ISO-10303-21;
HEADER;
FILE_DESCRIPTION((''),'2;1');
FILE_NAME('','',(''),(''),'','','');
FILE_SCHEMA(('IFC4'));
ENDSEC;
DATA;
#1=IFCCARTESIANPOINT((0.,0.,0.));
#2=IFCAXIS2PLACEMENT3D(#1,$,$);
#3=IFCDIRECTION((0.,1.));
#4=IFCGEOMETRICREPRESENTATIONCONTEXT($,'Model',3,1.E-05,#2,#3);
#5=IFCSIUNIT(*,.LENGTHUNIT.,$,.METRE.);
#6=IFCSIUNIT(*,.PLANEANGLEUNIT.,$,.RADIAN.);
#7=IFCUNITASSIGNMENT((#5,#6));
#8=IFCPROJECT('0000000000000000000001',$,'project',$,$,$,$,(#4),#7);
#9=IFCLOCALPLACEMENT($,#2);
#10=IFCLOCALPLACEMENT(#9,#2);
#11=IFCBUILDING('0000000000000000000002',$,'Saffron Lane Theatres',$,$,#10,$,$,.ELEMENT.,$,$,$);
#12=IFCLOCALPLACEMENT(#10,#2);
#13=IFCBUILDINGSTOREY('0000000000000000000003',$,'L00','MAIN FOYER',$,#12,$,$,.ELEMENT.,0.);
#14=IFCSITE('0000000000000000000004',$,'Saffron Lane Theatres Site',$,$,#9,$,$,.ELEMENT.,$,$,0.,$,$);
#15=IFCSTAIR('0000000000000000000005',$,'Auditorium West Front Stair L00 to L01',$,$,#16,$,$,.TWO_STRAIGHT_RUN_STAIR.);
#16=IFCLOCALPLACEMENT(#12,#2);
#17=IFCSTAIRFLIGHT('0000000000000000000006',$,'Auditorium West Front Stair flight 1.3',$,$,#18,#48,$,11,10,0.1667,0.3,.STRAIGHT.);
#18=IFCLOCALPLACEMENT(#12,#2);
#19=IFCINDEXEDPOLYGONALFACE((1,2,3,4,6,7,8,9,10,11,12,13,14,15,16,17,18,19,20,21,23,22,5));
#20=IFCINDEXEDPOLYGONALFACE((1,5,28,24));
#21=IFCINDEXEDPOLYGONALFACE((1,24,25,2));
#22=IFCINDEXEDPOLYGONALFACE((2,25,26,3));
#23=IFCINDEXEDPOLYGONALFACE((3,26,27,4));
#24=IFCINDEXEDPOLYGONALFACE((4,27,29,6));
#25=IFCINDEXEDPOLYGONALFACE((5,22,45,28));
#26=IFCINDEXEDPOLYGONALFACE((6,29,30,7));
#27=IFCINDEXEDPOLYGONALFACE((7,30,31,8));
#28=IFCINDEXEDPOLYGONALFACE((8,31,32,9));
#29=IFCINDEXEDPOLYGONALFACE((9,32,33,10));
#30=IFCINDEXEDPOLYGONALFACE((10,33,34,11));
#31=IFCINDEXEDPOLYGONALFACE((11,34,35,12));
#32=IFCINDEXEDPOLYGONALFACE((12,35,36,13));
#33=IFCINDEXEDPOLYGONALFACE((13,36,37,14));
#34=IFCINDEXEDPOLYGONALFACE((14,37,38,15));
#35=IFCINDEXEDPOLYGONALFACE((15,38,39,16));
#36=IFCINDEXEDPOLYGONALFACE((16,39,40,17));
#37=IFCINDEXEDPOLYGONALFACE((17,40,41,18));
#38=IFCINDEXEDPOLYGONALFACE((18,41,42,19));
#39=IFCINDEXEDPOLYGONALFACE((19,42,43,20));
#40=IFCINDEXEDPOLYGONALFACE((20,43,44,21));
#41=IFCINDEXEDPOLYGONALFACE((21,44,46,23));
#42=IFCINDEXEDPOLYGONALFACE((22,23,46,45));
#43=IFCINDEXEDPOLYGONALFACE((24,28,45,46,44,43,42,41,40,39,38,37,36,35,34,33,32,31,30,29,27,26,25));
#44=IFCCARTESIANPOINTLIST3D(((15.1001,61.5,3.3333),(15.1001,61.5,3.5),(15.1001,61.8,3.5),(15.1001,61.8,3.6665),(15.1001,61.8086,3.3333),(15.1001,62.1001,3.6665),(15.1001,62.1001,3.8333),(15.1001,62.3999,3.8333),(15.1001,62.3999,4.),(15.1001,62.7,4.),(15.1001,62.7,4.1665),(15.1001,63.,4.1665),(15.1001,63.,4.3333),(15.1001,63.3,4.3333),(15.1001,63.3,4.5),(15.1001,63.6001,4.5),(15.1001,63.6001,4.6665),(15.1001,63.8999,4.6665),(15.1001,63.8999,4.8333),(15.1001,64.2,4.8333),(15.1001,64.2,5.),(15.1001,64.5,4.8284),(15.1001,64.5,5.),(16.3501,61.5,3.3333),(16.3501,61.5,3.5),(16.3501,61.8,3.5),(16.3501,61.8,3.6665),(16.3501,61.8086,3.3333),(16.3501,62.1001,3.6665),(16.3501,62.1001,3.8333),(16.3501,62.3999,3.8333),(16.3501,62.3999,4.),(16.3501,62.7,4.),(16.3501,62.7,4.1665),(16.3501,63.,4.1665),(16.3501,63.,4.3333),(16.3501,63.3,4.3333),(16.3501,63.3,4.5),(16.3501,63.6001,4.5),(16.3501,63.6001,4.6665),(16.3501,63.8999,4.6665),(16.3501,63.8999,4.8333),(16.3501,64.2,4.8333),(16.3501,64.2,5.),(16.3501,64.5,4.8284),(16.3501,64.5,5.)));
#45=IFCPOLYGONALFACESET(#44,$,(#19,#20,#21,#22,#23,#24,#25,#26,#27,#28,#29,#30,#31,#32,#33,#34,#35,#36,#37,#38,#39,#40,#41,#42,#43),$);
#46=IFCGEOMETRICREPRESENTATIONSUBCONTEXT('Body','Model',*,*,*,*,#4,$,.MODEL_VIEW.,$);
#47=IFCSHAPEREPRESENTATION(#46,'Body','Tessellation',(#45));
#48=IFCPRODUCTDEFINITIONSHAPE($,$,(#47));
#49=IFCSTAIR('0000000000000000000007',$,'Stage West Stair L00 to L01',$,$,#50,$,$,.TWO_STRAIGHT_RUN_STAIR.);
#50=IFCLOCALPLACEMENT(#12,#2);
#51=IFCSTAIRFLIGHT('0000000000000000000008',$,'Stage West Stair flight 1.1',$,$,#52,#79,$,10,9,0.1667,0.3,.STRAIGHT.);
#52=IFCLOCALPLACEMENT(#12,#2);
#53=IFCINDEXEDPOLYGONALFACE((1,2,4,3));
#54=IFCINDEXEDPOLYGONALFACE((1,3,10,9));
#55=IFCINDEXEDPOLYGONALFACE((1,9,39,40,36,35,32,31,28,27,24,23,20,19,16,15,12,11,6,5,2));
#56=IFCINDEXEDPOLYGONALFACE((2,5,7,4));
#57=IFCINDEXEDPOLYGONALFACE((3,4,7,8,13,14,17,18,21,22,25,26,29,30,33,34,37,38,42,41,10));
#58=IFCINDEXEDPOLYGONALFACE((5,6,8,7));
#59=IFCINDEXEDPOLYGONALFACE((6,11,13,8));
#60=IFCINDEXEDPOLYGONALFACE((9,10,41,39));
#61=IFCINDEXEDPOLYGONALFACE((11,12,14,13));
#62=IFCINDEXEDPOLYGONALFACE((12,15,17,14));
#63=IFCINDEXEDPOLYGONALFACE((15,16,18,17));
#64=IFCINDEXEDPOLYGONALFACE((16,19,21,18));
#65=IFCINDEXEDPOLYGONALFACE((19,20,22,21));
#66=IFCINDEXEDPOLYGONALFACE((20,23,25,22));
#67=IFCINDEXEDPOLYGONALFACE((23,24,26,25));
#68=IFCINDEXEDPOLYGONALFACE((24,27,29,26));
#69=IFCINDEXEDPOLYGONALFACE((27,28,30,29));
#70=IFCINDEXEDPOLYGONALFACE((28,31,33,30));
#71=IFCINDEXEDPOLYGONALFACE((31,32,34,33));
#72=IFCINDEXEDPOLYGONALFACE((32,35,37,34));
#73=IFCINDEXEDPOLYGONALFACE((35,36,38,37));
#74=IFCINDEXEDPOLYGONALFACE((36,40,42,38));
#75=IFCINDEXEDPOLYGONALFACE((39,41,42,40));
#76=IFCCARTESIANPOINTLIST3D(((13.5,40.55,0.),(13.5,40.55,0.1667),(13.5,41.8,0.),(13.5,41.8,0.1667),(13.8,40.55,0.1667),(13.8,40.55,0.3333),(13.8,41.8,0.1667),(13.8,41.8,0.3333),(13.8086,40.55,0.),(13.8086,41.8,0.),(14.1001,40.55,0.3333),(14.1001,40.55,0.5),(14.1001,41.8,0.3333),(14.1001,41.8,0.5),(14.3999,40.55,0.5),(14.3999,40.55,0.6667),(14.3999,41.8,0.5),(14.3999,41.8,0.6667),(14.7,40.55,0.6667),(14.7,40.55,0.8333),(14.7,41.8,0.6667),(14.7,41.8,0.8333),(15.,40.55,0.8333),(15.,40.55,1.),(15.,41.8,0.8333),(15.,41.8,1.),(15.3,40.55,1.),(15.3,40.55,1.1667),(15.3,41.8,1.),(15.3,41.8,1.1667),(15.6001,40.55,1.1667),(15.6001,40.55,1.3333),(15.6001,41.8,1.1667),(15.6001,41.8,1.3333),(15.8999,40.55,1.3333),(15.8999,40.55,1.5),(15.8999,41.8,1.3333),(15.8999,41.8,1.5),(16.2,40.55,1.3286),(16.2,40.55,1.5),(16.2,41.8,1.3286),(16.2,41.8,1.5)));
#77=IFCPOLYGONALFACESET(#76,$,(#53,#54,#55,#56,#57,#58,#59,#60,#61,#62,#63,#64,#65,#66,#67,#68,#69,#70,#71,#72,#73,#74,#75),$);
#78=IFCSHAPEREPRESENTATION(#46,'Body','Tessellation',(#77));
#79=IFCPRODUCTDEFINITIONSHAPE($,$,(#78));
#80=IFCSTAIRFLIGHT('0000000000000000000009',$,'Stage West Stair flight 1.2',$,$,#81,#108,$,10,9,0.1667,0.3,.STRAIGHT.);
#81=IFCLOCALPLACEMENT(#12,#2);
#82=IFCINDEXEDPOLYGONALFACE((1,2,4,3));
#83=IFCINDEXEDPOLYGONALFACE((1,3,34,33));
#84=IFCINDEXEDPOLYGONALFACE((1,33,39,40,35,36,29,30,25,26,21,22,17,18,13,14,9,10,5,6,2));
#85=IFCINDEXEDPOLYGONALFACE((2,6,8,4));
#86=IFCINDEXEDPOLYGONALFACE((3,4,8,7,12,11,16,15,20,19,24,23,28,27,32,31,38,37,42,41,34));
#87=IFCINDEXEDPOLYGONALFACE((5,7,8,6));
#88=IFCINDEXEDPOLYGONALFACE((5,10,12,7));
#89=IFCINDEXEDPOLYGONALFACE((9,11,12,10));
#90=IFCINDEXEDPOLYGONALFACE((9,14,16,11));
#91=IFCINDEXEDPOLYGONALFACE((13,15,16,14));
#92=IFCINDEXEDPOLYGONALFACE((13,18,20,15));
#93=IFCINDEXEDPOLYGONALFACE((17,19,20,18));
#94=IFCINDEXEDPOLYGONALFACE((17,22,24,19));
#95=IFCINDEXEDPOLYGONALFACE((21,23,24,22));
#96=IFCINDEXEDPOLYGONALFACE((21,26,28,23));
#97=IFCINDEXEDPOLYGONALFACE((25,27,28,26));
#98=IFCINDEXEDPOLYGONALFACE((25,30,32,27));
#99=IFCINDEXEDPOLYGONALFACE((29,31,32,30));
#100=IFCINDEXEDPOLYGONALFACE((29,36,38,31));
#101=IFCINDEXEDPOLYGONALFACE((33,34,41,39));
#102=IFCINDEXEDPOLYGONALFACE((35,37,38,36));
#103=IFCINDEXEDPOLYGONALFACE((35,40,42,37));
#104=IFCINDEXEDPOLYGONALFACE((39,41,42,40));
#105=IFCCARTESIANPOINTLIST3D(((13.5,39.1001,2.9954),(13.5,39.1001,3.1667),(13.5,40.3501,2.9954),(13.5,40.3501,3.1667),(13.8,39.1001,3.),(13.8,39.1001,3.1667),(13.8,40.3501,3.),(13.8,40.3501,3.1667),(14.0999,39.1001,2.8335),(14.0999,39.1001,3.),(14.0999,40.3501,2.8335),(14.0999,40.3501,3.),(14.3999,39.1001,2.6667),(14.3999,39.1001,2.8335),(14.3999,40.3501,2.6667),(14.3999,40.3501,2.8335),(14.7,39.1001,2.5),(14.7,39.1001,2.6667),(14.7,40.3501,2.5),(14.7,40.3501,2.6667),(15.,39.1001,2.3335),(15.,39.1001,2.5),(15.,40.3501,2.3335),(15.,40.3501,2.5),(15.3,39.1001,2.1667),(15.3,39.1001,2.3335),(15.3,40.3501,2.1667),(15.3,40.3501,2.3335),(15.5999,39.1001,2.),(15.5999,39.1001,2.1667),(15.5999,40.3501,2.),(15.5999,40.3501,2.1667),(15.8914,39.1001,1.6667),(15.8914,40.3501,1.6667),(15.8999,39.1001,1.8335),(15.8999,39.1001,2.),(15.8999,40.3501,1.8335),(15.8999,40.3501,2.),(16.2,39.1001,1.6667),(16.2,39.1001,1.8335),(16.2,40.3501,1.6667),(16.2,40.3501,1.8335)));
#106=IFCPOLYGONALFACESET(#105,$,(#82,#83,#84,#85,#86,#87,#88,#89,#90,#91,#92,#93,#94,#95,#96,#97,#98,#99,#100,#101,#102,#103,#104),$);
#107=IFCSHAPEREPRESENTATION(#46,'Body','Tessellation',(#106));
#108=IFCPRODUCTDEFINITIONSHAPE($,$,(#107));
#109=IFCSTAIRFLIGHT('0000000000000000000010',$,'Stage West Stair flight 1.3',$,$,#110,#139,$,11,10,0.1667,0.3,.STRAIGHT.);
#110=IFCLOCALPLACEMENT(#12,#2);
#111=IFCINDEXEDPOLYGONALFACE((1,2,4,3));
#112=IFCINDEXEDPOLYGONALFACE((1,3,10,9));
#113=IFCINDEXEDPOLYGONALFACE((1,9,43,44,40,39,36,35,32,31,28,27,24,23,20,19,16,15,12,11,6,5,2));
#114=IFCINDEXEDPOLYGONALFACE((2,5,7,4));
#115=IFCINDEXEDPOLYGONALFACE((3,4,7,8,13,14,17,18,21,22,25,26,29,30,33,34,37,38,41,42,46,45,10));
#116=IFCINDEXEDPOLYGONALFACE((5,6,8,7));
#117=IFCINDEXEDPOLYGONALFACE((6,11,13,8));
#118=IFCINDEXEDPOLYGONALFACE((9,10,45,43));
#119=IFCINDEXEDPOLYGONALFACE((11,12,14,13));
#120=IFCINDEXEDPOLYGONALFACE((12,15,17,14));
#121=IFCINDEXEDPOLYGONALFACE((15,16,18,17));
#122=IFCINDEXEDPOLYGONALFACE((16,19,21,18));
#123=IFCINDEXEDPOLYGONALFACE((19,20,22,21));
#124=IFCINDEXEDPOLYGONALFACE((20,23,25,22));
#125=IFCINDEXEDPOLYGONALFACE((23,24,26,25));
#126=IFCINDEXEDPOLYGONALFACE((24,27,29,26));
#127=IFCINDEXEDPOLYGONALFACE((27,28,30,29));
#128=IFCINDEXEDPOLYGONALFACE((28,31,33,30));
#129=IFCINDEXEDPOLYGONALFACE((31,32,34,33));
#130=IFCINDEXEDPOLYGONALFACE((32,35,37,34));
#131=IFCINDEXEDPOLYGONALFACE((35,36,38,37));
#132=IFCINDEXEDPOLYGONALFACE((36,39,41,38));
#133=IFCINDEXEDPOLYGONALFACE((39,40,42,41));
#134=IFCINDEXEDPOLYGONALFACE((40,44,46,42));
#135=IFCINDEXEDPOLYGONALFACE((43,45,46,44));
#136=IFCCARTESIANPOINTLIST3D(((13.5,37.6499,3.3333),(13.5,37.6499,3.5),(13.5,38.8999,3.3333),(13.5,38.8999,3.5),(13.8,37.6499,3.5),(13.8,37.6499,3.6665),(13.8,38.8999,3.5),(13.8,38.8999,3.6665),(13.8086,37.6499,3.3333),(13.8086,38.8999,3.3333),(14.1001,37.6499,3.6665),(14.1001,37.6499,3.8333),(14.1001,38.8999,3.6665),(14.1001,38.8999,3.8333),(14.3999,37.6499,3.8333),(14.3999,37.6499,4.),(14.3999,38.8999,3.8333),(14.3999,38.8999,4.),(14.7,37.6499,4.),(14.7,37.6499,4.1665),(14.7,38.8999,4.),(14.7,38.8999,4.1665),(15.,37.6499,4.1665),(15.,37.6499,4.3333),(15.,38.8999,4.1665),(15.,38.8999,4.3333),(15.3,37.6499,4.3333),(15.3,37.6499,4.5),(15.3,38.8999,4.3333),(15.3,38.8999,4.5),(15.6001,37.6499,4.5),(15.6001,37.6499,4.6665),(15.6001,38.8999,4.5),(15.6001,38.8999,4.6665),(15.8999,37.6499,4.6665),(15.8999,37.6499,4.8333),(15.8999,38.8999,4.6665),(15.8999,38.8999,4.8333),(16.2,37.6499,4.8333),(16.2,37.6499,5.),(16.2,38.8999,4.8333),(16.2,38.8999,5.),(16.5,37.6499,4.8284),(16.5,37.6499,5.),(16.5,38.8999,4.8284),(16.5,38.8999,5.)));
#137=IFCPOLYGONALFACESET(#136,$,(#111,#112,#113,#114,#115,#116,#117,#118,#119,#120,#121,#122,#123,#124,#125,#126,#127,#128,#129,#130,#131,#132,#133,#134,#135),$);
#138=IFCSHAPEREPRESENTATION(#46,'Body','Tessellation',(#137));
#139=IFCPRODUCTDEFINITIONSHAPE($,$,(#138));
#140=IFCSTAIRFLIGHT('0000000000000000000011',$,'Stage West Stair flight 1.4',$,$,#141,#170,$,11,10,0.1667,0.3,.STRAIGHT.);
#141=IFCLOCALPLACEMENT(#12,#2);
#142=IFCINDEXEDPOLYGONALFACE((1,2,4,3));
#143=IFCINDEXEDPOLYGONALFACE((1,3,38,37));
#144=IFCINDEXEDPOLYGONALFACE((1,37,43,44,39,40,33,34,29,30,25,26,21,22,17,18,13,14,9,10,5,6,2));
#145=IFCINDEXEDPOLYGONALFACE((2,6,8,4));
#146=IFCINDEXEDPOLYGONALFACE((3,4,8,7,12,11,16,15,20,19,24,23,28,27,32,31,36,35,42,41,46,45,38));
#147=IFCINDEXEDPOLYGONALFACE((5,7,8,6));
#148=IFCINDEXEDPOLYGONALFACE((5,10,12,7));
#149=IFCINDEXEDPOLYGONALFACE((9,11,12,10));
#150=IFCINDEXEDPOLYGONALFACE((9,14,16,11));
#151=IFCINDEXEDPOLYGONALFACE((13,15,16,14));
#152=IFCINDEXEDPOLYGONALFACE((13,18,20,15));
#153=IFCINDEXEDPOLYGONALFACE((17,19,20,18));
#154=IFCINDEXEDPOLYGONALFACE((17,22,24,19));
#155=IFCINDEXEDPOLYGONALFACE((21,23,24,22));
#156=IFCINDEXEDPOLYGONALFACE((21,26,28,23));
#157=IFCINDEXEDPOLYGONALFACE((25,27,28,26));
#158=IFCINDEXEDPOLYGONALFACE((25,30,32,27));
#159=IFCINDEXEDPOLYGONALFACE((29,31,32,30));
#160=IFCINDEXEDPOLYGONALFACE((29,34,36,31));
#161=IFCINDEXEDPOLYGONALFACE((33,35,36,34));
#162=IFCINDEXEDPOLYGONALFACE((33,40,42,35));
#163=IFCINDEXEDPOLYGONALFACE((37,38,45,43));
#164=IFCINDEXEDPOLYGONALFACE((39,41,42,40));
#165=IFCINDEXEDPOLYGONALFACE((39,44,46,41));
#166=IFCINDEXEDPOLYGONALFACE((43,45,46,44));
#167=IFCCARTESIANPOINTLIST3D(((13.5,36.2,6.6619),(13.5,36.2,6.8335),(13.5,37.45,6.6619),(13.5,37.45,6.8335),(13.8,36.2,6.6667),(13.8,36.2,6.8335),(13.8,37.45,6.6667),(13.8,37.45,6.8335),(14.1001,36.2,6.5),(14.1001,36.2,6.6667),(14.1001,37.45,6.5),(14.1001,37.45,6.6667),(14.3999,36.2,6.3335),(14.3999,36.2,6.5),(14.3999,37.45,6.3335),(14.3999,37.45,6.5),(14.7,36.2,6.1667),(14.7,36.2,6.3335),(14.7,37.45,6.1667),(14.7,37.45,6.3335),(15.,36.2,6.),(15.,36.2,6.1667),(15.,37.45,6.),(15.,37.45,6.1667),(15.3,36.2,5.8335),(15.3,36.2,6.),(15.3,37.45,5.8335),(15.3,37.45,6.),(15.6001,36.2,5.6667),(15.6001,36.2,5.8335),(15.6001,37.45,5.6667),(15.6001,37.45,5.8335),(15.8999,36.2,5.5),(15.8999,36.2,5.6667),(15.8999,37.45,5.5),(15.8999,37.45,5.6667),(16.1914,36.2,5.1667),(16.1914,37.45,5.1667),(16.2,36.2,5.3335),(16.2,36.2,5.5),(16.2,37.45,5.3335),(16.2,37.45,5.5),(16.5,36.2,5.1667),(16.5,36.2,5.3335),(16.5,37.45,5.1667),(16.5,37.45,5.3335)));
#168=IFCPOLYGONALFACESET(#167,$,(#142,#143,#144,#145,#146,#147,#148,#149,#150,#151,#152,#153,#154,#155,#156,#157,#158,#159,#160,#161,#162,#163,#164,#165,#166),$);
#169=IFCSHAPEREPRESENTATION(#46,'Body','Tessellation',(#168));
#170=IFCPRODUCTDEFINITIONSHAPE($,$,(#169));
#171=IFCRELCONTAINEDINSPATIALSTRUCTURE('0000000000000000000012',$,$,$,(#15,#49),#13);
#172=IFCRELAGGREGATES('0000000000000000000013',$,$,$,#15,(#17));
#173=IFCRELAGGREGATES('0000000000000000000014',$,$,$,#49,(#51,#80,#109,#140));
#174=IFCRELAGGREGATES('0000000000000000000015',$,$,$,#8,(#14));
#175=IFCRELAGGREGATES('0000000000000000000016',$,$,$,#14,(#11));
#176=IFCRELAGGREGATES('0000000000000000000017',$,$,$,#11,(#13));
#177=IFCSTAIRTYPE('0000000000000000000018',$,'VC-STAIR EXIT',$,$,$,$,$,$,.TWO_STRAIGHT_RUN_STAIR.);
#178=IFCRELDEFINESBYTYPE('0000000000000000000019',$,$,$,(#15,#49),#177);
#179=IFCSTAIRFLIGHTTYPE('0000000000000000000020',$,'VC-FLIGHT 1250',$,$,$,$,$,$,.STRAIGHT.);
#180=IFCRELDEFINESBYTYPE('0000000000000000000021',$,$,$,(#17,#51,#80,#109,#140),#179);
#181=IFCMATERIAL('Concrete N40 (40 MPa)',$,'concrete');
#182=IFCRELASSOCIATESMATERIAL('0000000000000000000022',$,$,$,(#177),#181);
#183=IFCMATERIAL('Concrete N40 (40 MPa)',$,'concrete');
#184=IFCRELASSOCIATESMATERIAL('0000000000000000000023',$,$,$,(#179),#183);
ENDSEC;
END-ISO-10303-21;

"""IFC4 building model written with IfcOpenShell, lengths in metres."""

from ifc_helpers import new_model, si_unit, direction, frame, origin, place, context, subcontext, project, spatial, polyline, outline, extrude, material, type_object, element, aggregate, save


model = new_model("IFC4")

# Units and contexts
model_context = context("Model", 3, precision=1e-05, world=origin(), true_north=direction((0.0, 1.0)))
body_context = subcontext(model_context, "Body", "Model", "MODEL_VIEW")
ifc_project = project(units=[si_unit("LENGTHUNIT", "METRE"), si_unit("PLANEANGLEUNIT", "RADIAN")], contexts=[model_context])

# Site, building, storey
site_placement = place(None, origin())
site = spatial("IfcSite", under=ifc_project, at=site_placement, Name="Saffron Lane Theatres Site", CompositionType="ELEMENT", RefElevation=0.0)
building_placement = place(site_placement, origin())
building = spatial("IfcBuilding", under=site, at=building_placement, Name="Saffron Lane Theatres", CompositionType="ELEMENT")
storey_placement = place(building_placement, origin())
storey = spatial("IfcBuildingStorey", under=building, at=storey_placement, Name="L00", Description="MAIN FOYER", CompositionType="ELEMENT", Elevation=0.0)

# Stairs, stair flights
ifc_material_1 = material(Name="Concrete N40 (40 MPa)", Category="concrete")
stair_type = type_object("IfcStairType", Name="VC-STAIR EXIT", PredefinedType="TWO_STRAIGHT_RUN_STAIR", material=ifc_material_1)
ifc_material_2 = material(Name="Concrete N40 (40 MPa)", Category="concrete")
stair_flight_type = type_object("IfcStairFlightType", Name="VC-FLIGHT 1250", PredefinedType="STRAIGHT", material=ifc_material_2)
stair_1_placement = place(storey_placement, origin())
stair_1 = element("IfcStair", 1, at=stair_1_placement, inside=storey, type_object=stair_type, Name="Auditorium West Front Stair L00 to L01", PredefinedType="TWO_STRAIGHT_RUN_STAIR")
stair_flight_1_placement = place(storey_placement, frame((15.7251, 61.5, 3.3333), z_axis=(0.0, 0.0, 1.0), x_axis=(0.0, 1.0, 0.0)))
stair_flight_1 = element("IfcStairFlight", 2, at=stair_flight_1_placement, type_object=stair_flight_type, Name="Auditorium West Front Stair flight 1.3", NumberOfRisers=11, NumberOfTreads=10, PredefinedType="STRAIGHT", RiserHeight=0.1667, TreadLength=0.3, context=body_context, shape_type="SweptSolid", body=[
    extrude(outline(polyline([(0.0, 0.0), (0.0, 0.1667), (0.3, 0.1667), (0.3, 0.3333), (0.6001, 0.3333), (0.6001, 0.5), (0.8999, 0.5), (0.8999, 0.6667), (1.2, 0.6667), (1.2, 0.8333), (1.5, 0.8333), (1.5, 1.0), (1.8, 1.0), (1.8, 1.1667), (2.1001, 1.1667), (2.1001, 1.3333), (2.3999, 1.3333), (2.3999, 1.5), (2.7, 1.5), (2.7, 1.6667), (3.0, 1.6667), (3.0, 1.8333), (3.0, 1.4951), (0.3086, 0.0), (0.0, 0.0)])), frame((0.0, 0.625, 0.0), z_axis=(0.0, -1.0, 0.0), x_axis=(1.0, 0.0, 0.0)), (0.0, 0.0, 1.0), 1.25),
])
aggregate(stair_1, [stair_flight_1])
stair_2_placement = place(storey_placement, origin())
stair_2 = element("IfcStair", 3, at=stair_2_placement, inside=storey, type_object=stair_type, Name="Stage West Stair L00 to L01", PredefinedType="TWO_STRAIGHT_RUN_STAIR")
stair_flight_2_placement = place(storey_placement, frame((13.5, 41.175, 0.0), z_axis=(0.0, 0.0, 1.0), x_axis=(1.0, 0.0, 0.0)))
stair_flight_2 = element("IfcStairFlight", 4, at=stair_flight_2_placement, type_object=stair_flight_type, Name="Stage West Stair flight 1.1", NumberOfRisers=10, NumberOfTreads=9, PredefinedType="STRAIGHT", RiserHeight=0.1667, TreadLength=0.3, context=body_context, shape_type="SweptSolid", body=[
    extrude(outline(polyline([(0.0, 0.0), (0.0, 0.1667), (0.3, 0.1667), (0.3, 0.3333), (0.6001, 0.3333), (0.6001, 0.5), (0.8999, 0.5), (0.8999, 0.6667), (1.2, 0.6667), (1.2, 0.8333), (1.5, 0.8333), (1.5, 1.0), (1.8, 1.0), (1.8, 1.1667), (2.1001, 1.1667), (2.1001, 1.3333), (2.3999, 1.3333), (2.3999, 1.5), (2.7, 1.5), (2.7, 1.6667), (2.7, 1.3286), (0.3086, 0.0), (0.0, 0.0)])), frame((0.0, 0.625, 0.0), z_axis=(0.0, -1.0, 0.0), x_axis=(1.0, 0.0, 0.0)), (0.0, 0.0, 1.0), 1.25),
])
stair_flight_3_placement = place(storey_placement, frame((16.2, 39.7251, 1.6667), z_axis=(0.0, 0.0, 1.0), x_axis=(-1.0, 0.0, 0.0)))
stair_flight_3 = element("IfcStairFlight", 5, at=stair_flight_3_placement, type_object=stair_flight_type, Name="Stage West Stair flight 1.2", NumberOfRisers=10, NumberOfTreads=9, PredefinedType="STRAIGHT", RiserHeight=0.1667, TreadLength=0.3, context=body_context, shape_type="SweptSolid", body=[
    extrude(outline(polyline([(0.0, 0.0), (0.0, 0.1667), (0.3, 0.1667), (0.3, 0.3333), (0.6001, 0.3333), (0.6001, 0.5), (0.8999, 0.5), (0.8999, 0.6667), (1.2, 0.6667), (1.2, 0.8333), (1.5, 0.8333), (1.5, 1.0), (1.8, 1.0), (1.8, 1.1667), (2.1001, 1.1667), (2.1001, 1.3333), (2.3999, 1.3333), (2.3999, 1.5), (2.7, 1.5), (2.7, 1.6667), (2.7, 1.3286), (0.3086, 0.0), (0.0, 0.0)])), frame((0.0, 0.625, 0.0), z_axis=(0.0, -1.0, 0.0), x_axis=(1.0, 0.0, 0.0)), (0.0, 0.0, 1.0), 1.25),
])
stair_flight_4_placement = place(storey_placement, frame((13.5, 38.2749, 3.3333), z_axis=(0.0, 0.0, 1.0), x_axis=(1.0, 0.0, 0.0)))
stair_flight_4 = element("IfcStairFlight", 6, at=stair_flight_4_placement, type_object=stair_flight_type, Name="Stage West Stair flight 1.3", NumberOfRisers=11, NumberOfTreads=10, PredefinedType="STRAIGHT", RiserHeight=0.1667, TreadLength=0.3, context=body_context, shape_type="SweptSolid", body=[
    extrude(outline(polyline([(0.0, 0.0), (0.0, 0.1667), (0.3, 0.1667), (0.3, 0.3333), (0.6001, 0.3333), (0.6001, 0.5), (0.8999, 0.5), (0.8999, 0.6667), (1.2, 0.6667), (1.2, 0.8333), (1.5, 0.8333), (1.5, 1.0), (1.8, 1.0), (1.8, 1.1667), (2.1001, 1.1667), (2.1001, 1.3333), (2.3999, 1.3333), (2.3999, 1.5), (2.7, 1.5), (2.7, 1.6667), (3.0, 1.6667), (3.0, 1.8333), (3.0, 1.4951), (0.3086, 0.0), (0.0, 0.0)])), frame((0.0, 0.625, 0.0), z_axis=(0.0, -1.0, 0.0), x_axis=(1.0, 0.0, 0.0)), (0.0, 0.0, 1.0), 1.25),
])
stair_flight_5_placement = place(storey_placement, frame((16.5, 36.825, 5.1667), z_axis=(0.0, 0.0, 1.0), x_axis=(-1.0, 0.0, 0.0)))
stair_flight_5 = element("IfcStairFlight", 7, at=stair_flight_5_placement, type_object=stair_flight_type, Name="Stage West Stair flight 1.4", NumberOfRisers=11, NumberOfTreads=10, PredefinedType="STRAIGHT", RiserHeight=0.1667, TreadLength=0.3, context=body_context, shape_type="SweptSolid", body=[
    extrude(outline(polyline([(0.0, 0.0), (0.0, 0.1667), (0.3, 0.1667), (0.3, 0.3333), (0.6001, 0.3333), (0.6001, 0.5), (0.8999, 0.5), (0.8999, 0.6667), (1.2, 0.6667), (1.2, 0.8333), (1.5, 0.8333), (1.5, 1.0), (1.8, 1.0), (1.8, 1.1667), (2.1001, 1.1667), (2.1001, 1.3333), (2.3999, 1.3333), (2.3999, 1.5), (2.7, 1.5), (2.7, 1.6667), (3.0, 1.6667), (3.0, 1.8333), (3.0, 1.4951), (0.3086, 0.0), (0.0, 0.0)])), frame((0.0, 0.625, 0.0), z_axis=(0.0, -1.0, 0.0), x_axis=(1.0, 0.0, 0.0)), (0.0, 0.0, 1.0), 1.25),
])
aggregate(stair_2, [stair_flight_2, stair_flight_3, stair_flight_4, stair_flight_5])

save(model, "model.ifc")
